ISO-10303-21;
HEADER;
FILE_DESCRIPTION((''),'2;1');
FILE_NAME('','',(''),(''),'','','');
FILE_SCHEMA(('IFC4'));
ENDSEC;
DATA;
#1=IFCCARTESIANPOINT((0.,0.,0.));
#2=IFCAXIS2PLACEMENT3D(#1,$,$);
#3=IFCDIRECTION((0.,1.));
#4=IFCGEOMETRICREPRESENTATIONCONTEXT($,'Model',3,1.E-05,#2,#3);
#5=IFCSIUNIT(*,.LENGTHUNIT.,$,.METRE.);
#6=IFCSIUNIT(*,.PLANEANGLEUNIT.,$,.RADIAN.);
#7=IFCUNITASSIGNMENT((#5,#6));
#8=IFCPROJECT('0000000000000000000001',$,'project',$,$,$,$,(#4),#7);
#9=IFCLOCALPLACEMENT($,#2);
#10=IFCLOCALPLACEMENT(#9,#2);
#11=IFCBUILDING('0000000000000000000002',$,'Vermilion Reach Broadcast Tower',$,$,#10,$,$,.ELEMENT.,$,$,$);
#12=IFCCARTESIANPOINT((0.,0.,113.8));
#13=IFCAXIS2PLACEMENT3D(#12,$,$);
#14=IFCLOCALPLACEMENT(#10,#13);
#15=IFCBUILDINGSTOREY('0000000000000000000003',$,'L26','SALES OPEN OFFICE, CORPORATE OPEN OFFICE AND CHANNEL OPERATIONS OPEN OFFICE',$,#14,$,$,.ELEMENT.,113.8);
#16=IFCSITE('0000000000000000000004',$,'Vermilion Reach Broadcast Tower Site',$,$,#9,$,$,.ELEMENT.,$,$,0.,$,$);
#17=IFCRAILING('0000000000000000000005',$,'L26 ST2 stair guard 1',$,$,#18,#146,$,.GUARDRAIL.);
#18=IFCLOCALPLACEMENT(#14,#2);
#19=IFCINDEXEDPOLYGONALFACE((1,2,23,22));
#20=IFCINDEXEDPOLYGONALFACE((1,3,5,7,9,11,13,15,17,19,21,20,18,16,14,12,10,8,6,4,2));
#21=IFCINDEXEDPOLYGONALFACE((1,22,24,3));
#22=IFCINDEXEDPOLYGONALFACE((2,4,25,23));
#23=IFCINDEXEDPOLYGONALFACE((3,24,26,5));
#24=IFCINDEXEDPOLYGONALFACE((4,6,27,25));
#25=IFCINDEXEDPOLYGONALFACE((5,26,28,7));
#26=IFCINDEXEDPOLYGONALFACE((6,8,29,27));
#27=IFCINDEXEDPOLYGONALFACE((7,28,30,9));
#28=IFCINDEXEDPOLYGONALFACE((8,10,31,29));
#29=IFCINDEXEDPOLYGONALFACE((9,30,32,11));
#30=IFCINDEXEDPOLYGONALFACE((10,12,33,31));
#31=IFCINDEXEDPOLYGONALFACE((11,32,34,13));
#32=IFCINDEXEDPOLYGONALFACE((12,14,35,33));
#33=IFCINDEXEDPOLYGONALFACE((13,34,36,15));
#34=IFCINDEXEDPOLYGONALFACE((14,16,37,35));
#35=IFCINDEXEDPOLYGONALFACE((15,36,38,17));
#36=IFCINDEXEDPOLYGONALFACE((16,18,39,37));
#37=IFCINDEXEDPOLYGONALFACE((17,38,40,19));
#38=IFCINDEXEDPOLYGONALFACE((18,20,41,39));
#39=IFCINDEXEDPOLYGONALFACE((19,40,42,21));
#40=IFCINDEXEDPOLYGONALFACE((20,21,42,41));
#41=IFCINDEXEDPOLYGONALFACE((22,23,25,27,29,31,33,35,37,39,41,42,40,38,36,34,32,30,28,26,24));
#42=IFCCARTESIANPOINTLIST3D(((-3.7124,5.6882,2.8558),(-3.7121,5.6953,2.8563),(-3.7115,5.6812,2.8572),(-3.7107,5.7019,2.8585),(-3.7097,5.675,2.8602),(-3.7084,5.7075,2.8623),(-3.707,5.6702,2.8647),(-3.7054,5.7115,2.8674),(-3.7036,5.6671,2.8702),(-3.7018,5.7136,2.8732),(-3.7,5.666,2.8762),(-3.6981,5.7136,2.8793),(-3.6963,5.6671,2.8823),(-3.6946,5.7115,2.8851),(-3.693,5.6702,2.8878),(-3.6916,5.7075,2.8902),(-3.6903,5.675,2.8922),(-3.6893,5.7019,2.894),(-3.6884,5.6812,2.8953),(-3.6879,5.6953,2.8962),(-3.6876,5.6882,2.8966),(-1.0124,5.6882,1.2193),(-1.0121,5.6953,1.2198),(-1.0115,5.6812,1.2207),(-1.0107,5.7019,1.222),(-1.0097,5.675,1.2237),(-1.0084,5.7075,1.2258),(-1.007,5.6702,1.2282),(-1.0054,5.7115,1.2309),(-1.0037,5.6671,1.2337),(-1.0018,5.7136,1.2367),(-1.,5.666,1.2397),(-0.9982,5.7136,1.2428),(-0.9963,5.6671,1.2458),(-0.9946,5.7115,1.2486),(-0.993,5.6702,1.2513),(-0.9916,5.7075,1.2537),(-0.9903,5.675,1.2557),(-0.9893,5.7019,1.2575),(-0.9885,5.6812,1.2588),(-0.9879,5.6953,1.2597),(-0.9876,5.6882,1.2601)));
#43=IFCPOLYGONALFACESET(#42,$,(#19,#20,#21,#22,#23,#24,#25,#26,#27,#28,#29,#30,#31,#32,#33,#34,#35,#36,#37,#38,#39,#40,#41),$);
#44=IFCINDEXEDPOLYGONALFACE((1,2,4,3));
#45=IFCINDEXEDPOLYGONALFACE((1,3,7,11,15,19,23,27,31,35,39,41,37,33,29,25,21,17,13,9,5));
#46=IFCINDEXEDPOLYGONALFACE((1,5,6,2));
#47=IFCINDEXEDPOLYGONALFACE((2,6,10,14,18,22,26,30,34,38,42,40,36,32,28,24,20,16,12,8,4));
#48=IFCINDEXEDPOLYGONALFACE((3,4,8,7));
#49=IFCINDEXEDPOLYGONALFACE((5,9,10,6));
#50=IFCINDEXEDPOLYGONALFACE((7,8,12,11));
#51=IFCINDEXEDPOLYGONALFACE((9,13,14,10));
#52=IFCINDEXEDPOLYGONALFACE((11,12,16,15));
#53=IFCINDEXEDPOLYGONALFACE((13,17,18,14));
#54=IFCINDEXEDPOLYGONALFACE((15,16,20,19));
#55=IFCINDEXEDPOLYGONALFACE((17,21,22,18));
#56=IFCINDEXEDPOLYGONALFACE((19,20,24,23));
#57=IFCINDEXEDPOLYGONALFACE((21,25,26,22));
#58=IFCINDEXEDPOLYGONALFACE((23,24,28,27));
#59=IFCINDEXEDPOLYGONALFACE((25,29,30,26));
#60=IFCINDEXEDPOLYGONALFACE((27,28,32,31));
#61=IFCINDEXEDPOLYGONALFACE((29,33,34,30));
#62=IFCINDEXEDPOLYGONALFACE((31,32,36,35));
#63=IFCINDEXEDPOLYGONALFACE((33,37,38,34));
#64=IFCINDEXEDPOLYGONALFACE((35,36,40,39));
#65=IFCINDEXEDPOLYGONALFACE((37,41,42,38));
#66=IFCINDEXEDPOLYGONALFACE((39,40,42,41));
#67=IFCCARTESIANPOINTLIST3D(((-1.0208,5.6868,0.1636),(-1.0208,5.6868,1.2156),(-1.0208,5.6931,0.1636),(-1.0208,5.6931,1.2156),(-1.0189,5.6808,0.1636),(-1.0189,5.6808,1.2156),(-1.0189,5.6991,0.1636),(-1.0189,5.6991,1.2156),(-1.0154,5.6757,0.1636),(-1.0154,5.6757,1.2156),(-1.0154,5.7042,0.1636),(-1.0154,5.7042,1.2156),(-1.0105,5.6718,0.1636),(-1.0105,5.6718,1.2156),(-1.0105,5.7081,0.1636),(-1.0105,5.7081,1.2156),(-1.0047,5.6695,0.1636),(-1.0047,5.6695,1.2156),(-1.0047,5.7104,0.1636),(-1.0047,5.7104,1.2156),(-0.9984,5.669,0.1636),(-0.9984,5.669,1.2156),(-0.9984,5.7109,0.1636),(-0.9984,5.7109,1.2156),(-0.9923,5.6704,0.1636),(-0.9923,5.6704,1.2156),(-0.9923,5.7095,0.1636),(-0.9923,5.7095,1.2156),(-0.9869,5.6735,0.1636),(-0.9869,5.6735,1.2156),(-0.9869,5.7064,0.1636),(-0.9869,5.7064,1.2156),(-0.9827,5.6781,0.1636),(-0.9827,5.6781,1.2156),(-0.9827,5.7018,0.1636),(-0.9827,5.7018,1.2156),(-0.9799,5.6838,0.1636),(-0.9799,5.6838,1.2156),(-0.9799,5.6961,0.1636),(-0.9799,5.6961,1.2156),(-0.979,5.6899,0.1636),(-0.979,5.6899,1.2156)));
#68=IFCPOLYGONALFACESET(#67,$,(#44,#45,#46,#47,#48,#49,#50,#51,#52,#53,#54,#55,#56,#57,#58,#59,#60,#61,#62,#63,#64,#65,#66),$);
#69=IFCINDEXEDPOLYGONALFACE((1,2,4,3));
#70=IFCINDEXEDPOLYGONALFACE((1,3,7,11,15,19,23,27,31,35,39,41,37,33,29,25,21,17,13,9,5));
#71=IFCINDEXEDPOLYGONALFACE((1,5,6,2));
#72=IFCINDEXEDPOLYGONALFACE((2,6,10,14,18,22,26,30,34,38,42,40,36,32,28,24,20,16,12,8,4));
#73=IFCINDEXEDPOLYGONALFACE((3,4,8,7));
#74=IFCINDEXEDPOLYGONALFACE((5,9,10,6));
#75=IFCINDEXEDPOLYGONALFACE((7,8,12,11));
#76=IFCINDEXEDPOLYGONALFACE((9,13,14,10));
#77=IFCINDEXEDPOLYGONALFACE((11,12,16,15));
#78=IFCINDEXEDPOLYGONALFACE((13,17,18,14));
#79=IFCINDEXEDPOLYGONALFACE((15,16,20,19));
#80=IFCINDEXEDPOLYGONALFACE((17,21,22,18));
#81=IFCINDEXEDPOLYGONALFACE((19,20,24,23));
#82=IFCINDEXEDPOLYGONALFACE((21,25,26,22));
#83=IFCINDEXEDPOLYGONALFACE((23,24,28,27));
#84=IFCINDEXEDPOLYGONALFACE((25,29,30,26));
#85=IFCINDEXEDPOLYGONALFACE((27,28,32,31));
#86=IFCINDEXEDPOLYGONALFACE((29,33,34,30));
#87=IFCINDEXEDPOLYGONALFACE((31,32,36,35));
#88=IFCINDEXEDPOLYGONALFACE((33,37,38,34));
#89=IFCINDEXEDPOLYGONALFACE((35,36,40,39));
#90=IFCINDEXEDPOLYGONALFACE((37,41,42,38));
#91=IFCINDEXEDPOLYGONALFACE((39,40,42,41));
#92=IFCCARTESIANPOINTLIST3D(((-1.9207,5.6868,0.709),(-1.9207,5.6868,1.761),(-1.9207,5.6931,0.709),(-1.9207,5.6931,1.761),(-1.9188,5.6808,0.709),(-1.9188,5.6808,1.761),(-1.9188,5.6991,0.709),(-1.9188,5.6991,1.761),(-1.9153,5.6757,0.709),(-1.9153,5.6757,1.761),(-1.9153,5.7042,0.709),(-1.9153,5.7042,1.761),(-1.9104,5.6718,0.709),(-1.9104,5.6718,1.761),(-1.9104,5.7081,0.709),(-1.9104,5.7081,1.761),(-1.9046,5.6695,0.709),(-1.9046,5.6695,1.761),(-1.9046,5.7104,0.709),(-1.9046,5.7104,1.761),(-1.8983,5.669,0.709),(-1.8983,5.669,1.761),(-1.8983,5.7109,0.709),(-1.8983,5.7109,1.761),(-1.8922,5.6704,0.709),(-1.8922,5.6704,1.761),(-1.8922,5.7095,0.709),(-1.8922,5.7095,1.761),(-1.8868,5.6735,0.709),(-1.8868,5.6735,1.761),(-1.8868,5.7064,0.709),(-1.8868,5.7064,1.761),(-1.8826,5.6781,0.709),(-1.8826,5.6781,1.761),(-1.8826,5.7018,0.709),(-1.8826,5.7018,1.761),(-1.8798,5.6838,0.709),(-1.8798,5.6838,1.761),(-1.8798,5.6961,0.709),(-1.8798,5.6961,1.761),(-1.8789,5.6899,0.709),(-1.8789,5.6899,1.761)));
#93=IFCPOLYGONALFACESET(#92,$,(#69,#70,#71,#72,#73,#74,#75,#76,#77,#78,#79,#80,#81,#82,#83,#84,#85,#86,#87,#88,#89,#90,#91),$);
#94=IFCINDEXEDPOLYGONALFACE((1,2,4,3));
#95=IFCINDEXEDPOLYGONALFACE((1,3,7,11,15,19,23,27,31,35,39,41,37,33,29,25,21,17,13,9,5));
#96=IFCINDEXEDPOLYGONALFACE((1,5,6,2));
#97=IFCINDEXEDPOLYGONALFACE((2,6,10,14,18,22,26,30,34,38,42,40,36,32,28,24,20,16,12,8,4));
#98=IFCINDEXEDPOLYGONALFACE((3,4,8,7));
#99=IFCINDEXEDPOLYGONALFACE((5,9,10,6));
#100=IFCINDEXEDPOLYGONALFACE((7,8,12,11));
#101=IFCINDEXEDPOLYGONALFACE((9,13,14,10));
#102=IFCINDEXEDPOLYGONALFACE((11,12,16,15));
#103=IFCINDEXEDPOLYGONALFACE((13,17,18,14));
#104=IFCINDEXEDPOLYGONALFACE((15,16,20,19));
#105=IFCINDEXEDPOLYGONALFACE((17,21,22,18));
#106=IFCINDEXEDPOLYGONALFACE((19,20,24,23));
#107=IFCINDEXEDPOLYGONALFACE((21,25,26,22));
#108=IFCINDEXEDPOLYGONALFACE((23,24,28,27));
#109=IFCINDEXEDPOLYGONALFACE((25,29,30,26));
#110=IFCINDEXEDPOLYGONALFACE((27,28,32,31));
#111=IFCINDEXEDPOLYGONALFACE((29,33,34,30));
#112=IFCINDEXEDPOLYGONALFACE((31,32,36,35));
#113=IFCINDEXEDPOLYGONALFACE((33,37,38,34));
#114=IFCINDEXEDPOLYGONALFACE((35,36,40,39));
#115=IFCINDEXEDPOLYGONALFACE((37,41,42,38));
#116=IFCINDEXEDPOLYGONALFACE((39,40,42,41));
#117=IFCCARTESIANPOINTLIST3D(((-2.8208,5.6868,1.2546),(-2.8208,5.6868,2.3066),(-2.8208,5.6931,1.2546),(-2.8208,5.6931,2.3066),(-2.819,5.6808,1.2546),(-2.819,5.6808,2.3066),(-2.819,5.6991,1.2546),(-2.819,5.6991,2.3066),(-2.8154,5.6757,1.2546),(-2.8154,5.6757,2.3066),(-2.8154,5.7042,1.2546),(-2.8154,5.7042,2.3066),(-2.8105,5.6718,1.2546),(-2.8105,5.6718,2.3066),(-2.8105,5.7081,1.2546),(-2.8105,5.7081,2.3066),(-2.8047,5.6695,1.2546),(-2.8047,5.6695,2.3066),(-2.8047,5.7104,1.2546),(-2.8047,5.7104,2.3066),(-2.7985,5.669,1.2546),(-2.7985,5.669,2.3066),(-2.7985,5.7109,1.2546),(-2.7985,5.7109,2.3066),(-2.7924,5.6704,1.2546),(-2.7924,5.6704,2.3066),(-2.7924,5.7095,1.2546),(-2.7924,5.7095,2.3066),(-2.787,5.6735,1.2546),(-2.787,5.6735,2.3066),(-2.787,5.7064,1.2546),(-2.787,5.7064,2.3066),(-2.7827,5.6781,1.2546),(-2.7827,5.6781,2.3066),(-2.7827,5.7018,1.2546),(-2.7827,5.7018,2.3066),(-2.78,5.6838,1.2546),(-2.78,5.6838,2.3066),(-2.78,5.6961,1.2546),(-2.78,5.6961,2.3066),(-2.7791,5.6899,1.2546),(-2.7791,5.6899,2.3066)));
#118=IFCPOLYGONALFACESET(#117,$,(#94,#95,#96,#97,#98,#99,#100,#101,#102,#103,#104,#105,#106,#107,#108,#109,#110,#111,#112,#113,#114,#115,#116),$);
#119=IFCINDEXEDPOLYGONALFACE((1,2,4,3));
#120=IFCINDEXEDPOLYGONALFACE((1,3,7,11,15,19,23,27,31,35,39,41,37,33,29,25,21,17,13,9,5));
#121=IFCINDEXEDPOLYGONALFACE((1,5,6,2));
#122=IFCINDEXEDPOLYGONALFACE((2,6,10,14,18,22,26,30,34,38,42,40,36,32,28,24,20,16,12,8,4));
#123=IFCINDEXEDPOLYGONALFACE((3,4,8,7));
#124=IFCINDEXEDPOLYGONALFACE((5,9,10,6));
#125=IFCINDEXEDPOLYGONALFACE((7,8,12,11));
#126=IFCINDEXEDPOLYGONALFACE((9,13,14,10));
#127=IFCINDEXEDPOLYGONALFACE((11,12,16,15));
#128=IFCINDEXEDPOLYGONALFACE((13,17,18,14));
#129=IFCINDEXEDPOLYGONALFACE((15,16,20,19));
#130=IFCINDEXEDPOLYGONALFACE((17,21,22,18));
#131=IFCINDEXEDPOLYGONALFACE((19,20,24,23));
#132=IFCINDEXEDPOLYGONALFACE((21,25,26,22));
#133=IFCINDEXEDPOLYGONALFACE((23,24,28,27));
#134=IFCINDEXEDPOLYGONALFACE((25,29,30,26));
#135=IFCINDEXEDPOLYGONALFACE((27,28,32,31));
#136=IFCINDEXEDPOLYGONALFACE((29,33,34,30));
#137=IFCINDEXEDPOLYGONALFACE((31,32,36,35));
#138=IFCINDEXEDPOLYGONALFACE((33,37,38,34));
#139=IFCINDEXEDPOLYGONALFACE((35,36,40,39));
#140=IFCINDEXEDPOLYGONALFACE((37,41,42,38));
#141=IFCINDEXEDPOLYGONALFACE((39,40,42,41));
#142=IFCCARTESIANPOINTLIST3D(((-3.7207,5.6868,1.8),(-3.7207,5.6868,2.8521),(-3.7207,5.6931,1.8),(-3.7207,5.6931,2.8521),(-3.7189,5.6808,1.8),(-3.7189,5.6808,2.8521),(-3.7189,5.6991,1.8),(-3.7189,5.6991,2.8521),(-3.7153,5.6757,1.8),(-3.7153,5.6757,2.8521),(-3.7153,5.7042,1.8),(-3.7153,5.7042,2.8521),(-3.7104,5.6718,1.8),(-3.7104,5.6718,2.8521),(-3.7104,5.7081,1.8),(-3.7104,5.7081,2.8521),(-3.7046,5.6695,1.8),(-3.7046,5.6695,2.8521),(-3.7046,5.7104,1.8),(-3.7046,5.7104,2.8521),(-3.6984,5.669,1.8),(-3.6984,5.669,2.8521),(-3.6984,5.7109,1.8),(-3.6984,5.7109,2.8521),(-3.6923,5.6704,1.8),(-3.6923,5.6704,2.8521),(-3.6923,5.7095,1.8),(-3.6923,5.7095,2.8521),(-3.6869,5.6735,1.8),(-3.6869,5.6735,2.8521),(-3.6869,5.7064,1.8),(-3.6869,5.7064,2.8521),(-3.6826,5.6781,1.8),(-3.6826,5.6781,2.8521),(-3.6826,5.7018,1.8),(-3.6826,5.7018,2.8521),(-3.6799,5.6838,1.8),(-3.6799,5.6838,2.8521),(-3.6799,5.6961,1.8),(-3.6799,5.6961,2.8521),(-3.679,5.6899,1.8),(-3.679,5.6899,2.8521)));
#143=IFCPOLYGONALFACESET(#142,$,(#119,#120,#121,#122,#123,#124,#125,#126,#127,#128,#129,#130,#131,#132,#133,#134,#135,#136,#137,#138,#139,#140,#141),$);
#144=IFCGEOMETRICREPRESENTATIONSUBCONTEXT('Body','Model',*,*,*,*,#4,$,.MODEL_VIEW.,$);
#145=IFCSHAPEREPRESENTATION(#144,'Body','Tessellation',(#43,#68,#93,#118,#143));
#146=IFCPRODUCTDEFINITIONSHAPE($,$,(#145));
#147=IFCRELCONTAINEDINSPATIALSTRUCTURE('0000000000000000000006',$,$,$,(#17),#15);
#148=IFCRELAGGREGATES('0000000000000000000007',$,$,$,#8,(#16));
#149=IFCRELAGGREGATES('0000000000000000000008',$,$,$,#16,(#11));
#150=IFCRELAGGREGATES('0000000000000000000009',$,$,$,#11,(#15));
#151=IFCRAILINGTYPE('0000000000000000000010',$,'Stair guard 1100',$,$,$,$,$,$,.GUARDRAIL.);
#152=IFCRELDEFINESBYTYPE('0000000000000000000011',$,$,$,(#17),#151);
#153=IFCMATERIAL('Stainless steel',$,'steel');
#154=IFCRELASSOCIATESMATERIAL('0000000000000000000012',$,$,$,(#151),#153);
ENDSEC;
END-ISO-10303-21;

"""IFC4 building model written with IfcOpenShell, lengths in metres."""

from ifc_helpers import new_model, si_unit, direction, frame, origin, origin_2d, place, context, subcontext, project, spatial, circle, extrude, material, type_object, element, save


model = new_model("IFC4")

# Units and contexts
model_context = context("Model", 3, precision=1e-05, world=origin(), true_north=direction((0.0, 1.0)))
body_context = subcontext(model_context, "Body", "Model", "MODEL_VIEW")
ifc_project = project(units=[si_unit("LENGTHUNIT", "METRE"), si_unit("PLANEANGLEUNIT", "RADIAN")], contexts=[model_context])

# Site, building, storey
site_placement = place(None, origin())
site = spatial("IfcSite", under=ifc_project, at=site_placement, Name="Vermilion Reach Broadcast Tower Site", CompositionType="ELEMENT", RefElevation=0.0)
building_placement = place(site_placement, origin())
building = spatial("IfcBuilding", under=site, at=building_placement, Name="Vermilion Reach Broadcast Tower", CompositionType="ELEMENT")
storey_placement = place(building_placement, frame((0.0, 0.0, 113.8)))
storey = spatial("IfcBuildingStorey", under=building, at=storey_placement, Name="L26", Description="SALES OPEN OFFICE, CORPORATE OPEN OFFICE AND CHANNEL OPERATIONS OPEN OFFICE", CompositionType="ELEMENT", Elevation=113.8)

# Railing
ifc_material_1 = material(Name="Stainless steel", Category="steel")
railing_type_1 = type_object("IfcRailingType", Name="Stair guard 1100", PredefinedType="GUARDRAIL", material=ifc_material_1)
railing_1_placement = place(storey_placement, frame((-1.0, 5.6899, 0.1636)))
element("IfcRailing", 1, at=railing_1_placement, inside=storey, type_object=railing_type_1, Name="L26 ST2 stair guard 1", PredefinedType="GUARDRAIL", context=body_context, shape_type="SweptSolid", body=[
    extrude(circle(Radius=0.0239, at=origin_2d()), frame((0.0, 0.0, 1.0762), z_axis=(-0.855178, 0.0, 0.518334), x_axis=(0.0, -1.0, 0.0)), (0.0, 0.0, 1.0), 3.1572),
    extrude(circle(Radius=0.021, at=origin_2d()), origin(), (0.0, 0.0, 1.0), 1.052),
    extrude(circle(Radius=0.021, at=origin_2d()), frame((-0.8999, 0.0, 0.5454)), (0.0, 0.0, 1.0), 1.052),
    extrude(circle(Radius=0.021, at=origin_2d()), frame((-1.8, 0.0, 1.0911)), (0.0, 0.0, 1.0), 1.052),
    extrude(circle(Radius=0.021, at=origin_2d()), frame((-2.7, 0.0, 1.6365)), (0.0, 0.0, 1.0), 1.052),
])

save(model, "model.ifc")
